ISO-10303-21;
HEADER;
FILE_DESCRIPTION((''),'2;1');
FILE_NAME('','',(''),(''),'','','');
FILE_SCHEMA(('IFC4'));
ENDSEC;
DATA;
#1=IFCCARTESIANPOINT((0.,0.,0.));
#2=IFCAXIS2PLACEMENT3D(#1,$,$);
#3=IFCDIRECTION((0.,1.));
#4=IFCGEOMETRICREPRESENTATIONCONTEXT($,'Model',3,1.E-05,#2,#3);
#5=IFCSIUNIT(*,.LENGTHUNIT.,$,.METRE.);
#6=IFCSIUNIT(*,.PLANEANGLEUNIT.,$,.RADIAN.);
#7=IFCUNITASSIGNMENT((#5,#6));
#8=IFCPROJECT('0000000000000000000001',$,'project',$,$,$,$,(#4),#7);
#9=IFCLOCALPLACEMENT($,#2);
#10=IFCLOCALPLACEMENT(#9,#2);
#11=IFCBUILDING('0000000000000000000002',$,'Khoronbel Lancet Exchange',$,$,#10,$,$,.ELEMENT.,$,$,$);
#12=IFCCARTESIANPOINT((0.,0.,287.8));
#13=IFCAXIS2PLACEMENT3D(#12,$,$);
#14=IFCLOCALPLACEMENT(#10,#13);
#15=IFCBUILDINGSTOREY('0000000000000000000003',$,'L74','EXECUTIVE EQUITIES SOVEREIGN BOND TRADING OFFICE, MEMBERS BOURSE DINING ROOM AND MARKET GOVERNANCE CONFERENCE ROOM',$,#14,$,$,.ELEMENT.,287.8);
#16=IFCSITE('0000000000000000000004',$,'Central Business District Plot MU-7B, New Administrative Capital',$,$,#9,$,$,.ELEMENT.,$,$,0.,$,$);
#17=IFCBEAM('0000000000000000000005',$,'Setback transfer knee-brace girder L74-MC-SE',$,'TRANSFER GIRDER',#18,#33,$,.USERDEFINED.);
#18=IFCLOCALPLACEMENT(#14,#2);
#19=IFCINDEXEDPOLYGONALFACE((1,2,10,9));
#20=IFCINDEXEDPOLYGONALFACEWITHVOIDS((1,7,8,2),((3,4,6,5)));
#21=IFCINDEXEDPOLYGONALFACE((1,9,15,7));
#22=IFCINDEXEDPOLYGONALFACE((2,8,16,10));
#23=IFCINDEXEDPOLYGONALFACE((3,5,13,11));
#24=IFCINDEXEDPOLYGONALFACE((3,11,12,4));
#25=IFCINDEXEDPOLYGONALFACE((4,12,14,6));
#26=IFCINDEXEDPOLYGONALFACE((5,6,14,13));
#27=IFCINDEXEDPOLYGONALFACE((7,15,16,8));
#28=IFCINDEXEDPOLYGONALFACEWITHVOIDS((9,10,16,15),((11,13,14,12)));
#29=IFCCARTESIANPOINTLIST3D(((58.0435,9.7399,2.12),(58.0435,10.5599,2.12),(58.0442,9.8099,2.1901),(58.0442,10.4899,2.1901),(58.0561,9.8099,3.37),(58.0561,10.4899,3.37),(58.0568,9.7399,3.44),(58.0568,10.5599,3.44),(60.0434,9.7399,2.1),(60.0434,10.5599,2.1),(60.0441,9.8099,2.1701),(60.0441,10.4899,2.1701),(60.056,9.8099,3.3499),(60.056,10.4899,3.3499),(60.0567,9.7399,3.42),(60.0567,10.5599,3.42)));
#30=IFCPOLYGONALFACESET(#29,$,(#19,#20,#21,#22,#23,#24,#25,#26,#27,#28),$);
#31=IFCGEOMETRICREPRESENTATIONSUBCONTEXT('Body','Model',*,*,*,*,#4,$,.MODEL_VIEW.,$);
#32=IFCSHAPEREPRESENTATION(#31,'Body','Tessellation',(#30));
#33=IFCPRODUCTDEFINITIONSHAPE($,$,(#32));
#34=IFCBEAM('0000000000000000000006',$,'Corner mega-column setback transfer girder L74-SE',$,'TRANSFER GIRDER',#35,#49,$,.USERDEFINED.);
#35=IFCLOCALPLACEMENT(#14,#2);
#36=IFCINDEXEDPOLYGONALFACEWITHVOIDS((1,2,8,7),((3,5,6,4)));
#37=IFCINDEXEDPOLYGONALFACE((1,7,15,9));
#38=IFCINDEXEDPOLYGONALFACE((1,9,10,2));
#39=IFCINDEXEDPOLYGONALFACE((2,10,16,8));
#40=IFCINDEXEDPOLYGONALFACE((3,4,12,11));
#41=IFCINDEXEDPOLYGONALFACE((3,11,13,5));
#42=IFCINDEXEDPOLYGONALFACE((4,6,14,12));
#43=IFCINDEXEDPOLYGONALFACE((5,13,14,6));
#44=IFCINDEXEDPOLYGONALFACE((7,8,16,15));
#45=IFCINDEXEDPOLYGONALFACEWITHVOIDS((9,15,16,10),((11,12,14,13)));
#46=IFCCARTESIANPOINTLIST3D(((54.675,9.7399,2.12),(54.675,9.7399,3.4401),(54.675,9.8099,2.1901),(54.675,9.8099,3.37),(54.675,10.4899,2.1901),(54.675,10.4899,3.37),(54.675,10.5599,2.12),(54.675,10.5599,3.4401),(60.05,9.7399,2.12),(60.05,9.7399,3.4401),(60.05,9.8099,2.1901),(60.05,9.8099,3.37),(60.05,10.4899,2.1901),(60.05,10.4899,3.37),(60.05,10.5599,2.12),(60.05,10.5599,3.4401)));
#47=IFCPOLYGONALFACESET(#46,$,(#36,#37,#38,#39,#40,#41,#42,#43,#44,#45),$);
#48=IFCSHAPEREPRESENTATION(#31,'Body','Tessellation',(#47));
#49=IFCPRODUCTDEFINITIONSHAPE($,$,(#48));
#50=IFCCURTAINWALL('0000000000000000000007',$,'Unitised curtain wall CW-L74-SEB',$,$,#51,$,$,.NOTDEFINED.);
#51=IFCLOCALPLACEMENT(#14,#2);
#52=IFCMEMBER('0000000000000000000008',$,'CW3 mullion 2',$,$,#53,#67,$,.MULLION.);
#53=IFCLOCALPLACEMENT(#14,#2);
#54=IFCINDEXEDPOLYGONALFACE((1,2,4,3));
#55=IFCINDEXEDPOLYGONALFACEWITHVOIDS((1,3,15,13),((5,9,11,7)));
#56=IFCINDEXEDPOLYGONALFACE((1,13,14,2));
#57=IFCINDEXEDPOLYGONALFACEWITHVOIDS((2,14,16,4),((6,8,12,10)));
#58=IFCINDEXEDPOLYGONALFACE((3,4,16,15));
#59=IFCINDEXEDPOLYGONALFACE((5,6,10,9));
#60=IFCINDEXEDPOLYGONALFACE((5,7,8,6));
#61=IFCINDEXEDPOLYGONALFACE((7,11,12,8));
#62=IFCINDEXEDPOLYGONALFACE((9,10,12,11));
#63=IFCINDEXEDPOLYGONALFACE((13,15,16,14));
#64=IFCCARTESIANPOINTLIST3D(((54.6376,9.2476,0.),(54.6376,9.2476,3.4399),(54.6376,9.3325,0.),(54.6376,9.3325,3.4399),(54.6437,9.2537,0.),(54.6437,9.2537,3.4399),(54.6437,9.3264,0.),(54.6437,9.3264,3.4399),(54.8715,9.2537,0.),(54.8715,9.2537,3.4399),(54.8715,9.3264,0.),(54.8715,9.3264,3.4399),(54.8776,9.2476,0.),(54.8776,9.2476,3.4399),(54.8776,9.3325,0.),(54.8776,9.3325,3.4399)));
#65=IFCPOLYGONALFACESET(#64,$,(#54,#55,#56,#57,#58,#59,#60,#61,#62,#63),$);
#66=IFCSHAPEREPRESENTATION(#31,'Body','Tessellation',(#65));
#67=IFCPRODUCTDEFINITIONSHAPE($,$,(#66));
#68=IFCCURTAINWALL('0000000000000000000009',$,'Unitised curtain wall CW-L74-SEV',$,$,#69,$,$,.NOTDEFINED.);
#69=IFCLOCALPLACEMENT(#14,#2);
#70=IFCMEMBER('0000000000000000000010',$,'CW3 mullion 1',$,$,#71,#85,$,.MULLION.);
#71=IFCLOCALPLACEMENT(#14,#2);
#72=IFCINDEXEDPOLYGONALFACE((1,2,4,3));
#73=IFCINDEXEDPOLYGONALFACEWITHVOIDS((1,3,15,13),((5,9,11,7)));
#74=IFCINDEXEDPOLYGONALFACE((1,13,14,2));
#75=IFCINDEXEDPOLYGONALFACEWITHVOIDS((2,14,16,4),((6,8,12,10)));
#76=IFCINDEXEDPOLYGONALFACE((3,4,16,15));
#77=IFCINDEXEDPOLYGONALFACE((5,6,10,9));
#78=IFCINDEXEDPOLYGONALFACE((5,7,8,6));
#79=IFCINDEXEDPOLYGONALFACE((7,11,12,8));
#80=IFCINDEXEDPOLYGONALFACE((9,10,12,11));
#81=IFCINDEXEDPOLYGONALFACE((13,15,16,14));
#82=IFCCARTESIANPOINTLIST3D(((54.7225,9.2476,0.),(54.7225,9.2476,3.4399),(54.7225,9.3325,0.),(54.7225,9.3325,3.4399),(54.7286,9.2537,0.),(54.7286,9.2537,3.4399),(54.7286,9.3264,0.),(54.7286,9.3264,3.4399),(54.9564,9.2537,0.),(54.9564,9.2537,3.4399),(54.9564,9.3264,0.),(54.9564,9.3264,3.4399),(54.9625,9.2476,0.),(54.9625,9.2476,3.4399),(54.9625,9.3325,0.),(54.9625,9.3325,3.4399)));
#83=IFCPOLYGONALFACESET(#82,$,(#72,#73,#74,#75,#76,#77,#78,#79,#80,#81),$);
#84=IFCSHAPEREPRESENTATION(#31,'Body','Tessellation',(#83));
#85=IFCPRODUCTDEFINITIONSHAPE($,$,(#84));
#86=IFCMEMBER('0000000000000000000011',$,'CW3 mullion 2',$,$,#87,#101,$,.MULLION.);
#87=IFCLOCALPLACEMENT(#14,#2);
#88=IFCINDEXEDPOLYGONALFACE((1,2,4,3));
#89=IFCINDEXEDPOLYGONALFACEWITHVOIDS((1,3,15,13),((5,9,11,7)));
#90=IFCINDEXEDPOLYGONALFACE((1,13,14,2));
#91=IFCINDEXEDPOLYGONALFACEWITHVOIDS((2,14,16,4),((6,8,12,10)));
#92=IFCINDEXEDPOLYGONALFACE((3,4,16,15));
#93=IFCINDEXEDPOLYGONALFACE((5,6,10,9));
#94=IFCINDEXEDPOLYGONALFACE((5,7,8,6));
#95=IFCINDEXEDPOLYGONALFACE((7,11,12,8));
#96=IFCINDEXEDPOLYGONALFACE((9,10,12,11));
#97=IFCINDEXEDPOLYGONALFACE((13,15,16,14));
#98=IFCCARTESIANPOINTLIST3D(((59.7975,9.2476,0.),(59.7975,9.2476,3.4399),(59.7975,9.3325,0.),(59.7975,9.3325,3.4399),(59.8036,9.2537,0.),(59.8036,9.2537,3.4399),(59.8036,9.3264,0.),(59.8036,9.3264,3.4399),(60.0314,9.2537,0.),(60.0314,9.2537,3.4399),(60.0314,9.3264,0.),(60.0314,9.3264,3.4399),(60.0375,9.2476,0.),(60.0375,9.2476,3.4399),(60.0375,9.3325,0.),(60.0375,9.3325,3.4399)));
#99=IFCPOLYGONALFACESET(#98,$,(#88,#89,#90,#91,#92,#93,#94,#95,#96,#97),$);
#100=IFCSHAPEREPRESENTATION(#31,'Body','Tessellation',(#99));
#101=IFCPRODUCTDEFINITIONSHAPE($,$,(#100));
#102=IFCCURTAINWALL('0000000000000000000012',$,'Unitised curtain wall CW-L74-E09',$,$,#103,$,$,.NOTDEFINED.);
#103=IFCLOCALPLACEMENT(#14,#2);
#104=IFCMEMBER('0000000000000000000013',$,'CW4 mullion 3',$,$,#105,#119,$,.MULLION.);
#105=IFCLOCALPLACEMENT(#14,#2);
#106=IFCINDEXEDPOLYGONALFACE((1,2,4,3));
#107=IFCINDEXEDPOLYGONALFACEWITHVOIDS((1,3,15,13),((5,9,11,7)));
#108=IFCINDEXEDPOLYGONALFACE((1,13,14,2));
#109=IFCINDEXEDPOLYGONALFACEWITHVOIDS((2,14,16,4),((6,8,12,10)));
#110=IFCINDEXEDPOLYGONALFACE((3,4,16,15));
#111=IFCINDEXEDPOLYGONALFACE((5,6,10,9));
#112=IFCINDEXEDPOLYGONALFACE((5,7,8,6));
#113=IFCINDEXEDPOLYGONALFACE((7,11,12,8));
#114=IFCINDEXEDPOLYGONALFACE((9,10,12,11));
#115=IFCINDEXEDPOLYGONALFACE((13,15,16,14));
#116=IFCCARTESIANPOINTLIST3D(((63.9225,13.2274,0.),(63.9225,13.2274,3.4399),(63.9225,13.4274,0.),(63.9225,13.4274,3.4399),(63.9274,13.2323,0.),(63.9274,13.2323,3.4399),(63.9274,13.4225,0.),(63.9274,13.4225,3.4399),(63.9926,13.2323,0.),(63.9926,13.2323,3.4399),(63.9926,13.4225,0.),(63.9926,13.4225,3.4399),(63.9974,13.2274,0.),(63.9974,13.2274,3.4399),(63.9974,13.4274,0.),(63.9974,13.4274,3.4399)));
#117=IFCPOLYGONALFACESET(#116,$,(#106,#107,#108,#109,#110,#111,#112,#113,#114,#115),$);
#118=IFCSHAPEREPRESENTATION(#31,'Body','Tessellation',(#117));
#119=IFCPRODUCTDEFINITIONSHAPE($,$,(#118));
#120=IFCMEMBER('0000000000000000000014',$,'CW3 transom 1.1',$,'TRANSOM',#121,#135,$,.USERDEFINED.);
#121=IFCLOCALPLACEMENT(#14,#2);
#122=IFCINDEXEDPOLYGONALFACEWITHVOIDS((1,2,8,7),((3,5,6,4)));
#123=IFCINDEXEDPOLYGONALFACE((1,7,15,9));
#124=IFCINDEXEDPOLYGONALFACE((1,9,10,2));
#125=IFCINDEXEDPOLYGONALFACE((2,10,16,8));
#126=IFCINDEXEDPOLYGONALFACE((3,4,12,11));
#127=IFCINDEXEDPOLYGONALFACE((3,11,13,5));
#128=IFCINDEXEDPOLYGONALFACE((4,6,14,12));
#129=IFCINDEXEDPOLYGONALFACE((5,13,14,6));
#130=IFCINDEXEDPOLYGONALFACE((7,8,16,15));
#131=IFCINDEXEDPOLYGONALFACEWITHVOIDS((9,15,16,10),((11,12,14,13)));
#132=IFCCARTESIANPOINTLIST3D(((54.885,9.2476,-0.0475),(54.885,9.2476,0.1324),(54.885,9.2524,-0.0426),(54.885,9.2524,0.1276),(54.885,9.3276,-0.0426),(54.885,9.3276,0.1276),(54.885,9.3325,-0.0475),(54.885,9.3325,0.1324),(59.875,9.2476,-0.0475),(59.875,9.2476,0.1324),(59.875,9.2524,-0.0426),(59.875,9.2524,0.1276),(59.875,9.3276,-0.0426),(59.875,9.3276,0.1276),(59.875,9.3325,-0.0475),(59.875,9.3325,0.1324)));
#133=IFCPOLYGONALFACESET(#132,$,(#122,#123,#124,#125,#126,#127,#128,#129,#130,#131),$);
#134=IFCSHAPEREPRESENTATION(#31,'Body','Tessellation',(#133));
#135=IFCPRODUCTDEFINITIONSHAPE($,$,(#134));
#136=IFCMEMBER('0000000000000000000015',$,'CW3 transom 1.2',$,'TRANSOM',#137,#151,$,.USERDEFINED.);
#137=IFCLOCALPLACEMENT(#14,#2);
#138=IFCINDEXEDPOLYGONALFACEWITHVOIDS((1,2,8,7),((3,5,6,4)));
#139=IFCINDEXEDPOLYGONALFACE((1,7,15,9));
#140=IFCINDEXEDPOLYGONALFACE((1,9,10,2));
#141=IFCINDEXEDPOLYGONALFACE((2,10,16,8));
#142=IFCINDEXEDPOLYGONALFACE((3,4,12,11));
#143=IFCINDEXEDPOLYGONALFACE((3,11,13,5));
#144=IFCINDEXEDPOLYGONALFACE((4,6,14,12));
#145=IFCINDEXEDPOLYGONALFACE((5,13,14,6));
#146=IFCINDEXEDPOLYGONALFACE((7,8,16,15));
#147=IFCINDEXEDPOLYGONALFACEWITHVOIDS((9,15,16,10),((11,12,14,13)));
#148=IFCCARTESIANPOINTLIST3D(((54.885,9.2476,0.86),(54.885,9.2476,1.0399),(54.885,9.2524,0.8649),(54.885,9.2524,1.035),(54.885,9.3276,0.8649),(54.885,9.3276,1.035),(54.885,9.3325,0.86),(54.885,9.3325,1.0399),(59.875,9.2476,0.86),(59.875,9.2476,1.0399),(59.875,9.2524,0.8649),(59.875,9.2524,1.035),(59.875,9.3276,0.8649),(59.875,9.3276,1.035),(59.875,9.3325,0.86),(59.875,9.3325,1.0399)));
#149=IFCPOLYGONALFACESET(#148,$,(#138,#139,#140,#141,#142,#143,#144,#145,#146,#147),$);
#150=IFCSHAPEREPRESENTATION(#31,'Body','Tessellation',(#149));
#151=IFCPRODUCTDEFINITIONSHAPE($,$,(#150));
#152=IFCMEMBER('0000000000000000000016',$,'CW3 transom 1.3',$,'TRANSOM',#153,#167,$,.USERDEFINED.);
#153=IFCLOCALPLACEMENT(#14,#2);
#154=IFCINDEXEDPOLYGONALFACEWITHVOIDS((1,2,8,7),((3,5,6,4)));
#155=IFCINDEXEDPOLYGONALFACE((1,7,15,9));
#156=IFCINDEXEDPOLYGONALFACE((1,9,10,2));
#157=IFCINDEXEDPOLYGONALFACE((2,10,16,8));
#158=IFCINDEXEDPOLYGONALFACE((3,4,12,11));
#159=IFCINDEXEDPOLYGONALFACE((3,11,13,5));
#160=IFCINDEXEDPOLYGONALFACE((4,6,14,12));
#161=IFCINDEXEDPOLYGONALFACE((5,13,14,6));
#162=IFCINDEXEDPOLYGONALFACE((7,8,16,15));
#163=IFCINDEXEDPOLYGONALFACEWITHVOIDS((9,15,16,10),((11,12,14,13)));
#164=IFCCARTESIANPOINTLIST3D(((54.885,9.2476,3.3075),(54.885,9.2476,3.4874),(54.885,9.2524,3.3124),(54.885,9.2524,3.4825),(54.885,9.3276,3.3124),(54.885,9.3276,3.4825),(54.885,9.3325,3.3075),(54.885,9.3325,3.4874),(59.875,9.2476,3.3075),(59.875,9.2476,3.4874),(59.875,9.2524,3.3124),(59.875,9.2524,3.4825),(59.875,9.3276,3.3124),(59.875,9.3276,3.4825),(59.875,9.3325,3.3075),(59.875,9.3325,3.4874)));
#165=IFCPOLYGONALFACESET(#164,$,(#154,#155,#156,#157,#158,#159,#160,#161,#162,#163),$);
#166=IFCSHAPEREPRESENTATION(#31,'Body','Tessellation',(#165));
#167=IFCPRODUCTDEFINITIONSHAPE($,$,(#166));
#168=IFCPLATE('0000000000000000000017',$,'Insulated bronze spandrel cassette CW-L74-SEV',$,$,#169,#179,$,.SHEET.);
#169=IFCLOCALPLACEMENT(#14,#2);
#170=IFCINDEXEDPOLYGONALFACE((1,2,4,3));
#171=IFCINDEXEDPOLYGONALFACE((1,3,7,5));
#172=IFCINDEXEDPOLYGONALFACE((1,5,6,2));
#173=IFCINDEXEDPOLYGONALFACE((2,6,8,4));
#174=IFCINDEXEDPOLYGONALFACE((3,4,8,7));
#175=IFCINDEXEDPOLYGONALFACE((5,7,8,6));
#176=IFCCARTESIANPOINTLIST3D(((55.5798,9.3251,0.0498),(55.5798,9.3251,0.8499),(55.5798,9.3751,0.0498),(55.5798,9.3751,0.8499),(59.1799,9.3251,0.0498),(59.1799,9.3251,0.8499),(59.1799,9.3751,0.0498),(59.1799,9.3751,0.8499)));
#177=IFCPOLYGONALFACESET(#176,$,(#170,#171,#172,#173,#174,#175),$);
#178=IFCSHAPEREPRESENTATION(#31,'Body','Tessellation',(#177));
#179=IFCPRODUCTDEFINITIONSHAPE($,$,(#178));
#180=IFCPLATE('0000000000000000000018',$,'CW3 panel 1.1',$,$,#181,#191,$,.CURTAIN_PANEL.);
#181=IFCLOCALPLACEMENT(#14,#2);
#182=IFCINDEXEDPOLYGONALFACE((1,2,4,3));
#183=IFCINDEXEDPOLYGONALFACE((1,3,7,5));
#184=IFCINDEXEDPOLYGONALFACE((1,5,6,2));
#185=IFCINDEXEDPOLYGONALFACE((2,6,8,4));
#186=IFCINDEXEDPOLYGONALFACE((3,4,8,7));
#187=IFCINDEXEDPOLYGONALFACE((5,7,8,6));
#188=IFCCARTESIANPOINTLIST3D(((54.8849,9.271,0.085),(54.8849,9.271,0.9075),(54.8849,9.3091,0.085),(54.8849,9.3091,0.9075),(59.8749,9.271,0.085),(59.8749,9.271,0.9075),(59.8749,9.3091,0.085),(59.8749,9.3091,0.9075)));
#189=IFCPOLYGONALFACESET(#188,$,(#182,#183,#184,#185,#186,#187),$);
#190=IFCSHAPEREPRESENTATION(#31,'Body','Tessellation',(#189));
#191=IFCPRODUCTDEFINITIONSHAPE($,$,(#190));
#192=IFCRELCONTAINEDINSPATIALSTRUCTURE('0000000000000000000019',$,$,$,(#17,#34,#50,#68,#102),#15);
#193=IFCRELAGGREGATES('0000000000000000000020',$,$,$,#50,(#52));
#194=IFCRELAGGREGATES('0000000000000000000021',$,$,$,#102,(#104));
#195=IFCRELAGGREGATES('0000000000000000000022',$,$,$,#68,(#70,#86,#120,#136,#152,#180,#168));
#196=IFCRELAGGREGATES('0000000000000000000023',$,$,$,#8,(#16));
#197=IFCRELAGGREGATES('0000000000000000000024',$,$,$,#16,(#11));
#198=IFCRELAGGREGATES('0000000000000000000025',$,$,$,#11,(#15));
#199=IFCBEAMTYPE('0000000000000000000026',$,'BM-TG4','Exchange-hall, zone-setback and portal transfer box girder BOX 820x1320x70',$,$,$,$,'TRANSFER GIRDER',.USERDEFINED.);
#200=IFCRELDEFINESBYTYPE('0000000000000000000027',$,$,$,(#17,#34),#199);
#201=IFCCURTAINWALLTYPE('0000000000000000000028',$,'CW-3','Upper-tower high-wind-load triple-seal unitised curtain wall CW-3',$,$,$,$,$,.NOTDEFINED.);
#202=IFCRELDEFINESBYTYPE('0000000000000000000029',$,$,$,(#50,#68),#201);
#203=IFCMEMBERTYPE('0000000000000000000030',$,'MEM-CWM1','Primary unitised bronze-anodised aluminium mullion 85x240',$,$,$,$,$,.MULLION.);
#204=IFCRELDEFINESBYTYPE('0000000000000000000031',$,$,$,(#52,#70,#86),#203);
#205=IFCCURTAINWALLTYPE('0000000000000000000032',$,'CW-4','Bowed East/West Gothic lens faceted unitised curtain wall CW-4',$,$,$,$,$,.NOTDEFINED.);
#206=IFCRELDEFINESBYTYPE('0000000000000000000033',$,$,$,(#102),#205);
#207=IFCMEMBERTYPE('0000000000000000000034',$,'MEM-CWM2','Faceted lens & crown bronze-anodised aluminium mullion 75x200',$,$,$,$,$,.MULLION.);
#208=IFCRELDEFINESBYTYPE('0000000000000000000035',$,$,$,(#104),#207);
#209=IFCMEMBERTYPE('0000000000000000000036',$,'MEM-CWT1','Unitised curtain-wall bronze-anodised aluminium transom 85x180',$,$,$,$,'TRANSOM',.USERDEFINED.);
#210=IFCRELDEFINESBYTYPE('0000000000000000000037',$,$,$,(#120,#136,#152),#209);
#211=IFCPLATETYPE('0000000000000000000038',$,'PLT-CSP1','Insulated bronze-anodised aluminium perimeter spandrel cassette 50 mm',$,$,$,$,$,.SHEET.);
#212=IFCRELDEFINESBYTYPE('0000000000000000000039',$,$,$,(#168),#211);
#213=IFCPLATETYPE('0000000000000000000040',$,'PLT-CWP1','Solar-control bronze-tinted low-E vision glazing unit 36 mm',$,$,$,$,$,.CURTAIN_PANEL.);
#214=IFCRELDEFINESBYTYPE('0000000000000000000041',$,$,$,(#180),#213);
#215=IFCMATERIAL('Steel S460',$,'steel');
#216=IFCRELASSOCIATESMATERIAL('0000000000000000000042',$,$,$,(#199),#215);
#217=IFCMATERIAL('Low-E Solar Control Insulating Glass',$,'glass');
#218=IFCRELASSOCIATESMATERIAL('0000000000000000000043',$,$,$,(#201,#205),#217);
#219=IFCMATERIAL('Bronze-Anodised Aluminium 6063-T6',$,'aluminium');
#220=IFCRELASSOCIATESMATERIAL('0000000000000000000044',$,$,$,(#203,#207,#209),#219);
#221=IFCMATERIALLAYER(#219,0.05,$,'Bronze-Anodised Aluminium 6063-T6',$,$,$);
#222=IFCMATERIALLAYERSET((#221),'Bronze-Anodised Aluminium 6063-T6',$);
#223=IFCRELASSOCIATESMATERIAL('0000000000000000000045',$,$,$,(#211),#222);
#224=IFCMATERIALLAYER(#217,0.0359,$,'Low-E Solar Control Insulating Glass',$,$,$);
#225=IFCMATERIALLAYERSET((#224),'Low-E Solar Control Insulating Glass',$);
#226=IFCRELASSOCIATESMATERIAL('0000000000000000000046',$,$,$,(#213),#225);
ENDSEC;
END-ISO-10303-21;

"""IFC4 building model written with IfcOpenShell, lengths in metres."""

from ifc_helpers import new_model, si_unit, direction, frame, origin, origin_2d, place, context, subcontext, project, spatial, rectangle, hollow_rectangle, extrude, material, layer, layer_set, material_profile, profile_set, type_object, element, aggregate, save


model = new_model("IFC4")

# Units and contexts
model_context = context("Model", 3, precision=1e-05, world=origin(), true_north=direction((0.0, 1.0)))
body_context = subcontext(model_context, "Body", "Model", "MODEL_VIEW")
ifc_project = project(units=[si_unit("LENGTHUNIT", "METRE"), si_unit("PLANEANGLEUNIT", "RADIAN")], contexts=[model_context])

# Site, building, storey
site_placement = place(None, origin())
site = spatial("IfcSite", under=ifc_project, at=site_placement, Name="Central Business District Plot MU-7B, New Administrative Capital", CompositionType="ELEMENT", RefElevation=0.0)
building_placement = place(site_placement, origin())
building = spatial("IfcBuilding", under=site, at=building_placement, Name="Khoronbel Lancet Exchange", CompositionType="ELEMENT")
storey_placement = place(building_placement, frame((0.0, 0.0, 287.8)))
storey = spatial("IfcBuildingStorey", under=building, at=storey_placement, Name="L74", Description="EXECUTIVE EQUITIES SOVEREIGN BOND TRADING OFFICE, MEMBERS BOURSE DINING ROOM AND MARKET GOVERNANCE CONFERENCE ROOM", CompositionType="ELEMENT", Elevation=287.8)

# Shared definitions
ifc_material_1 = material(Name="Steel S460", Category="steel")

# Beams
ifc_material_profile_1 = material_profile(ifc_material_1, hollow_rectangle(XDim=0.8201, YDim=1.3201, WallThickness=0.0701, at=origin_2d()), Name="BOX 820x1320x70")
ifc_profile_set_1 = profile_set([ifc_material_profile_1], Name="Steel S460")
beam_type_1 = type_object("IfcBeamType", Name="BM-TG4", Description="Exchange-hall, zone-setback and portal transfer box girder BOX 820x1320x70", ElementType="TRANSFER GIRDER", PredefinedType="USERDEFINED", material=ifc_profile_set_1)
beam_1_placement = place(storey_placement, frame((60.05, 10.1499, 2.76), z_axis=(-0.99995, 0.0, 0.010009), x_axis=(0.0, -1.0, 0.0)))
element("IfcBeam", 1, at=beam_1_placement, inside=storey, type_object=beam_type_1, Name="Setback transfer knee-brace girder L74-MC-SE", ObjectType="TRANSFER GIRDER", PredefinedType="USERDEFINED", context=body_context, shape_type="SweptSolid", body=[
    extrude(hollow_rectangle(XDim=0.8201, YDim=1.3201, WallThickness=0.0701, at=origin_2d()), origin(), (0.0, 0.0, 1.0), 2.0),
])
beam_2_placement = place(storey_placement, frame((54.675, 10.1499, 2.78), z_axis=(1.0, 0.0, 0.0), x_axis=(0.0, 1.0, 0.0)))
element("IfcBeam", 2, at=beam_2_placement, inside=storey, type_object=beam_type_1, Name="Corner mega-column setback transfer girder L74-SE", ObjectType="TRANSFER GIRDER", PredefinedType="USERDEFINED", context=body_context, shape_type="SweptSolid", body=[
    extrude(hollow_rectangle(XDim=0.8201, YDim=1.3201, WallThickness=0.0701, at=origin_2d()), origin(), (0.0, 0.0, 1.0), 5.375),
])

# Curtain wall, member
ifc_material_2 = material(Name="Low-E Solar Control Insulating Glass", Category="glass")
curtain_wall_type_1 = type_object("IfcCurtainWallType", Name="CW-3", Description="Upper-tower high-wind-load triple-seal unitised curtain wall CW-3", PredefinedType="NOTDEFINED", material=ifc_material_2)
curtain_wall_1_placement = place(storey_placement, origin())
curtain_wall_1 = element("IfcCurtainWall", 3, at=curtain_wall_1_placement, inside=storey, type_object=curtain_wall_type_1, Name="Unitised curtain wall CW-L74-SEB", PredefinedType="NOTDEFINED")
ifc_material_3 = material(Name="Bronze-Anodised Aluminium 6063-T6", Category="aluminium")
ifc_material_profile_2 = material_profile(ifc_material_3, hollow_rectangle(XDim=0.085, YDim=0.24, WallThickness=0.0061, at=origin_2d()), Name="ALU MULLION 85x240")
ifc_profile_set_2 = profile_set([ifc_material_profile_2], Name="Bronze-Anodised Aluminium 6063-T6")
member_type_1 = type_object("IfcMemberType", Name="MEM-CWM1", Description="Primary unitised bronze-anodised aluminium mullion 85x240", PredefinedType="MULLION", material=ifc_profile_set_2)
member_1_placement = place(storey_placement, frame((54.7576, 9.29, 0.0), z_axis=(0.0, 0.0, 1.0), x_axis=(0.0, 1.0, 0.0)))
member_1 = element("IfcMember", 4, at=member_1_placement, type_object=member_type_1, Name="CW3 mullion 2", PredefinedType="MULLION", context=body_context, shape_type="SweptSolid", body=[
    extrude(hollow_rectangle(XDim=0.085, YDim=0.24, WallThickness=0.0061, at=origin_2d()), origin(), (0.0, 0.0, 1.0), 3.4399),
])
aggregate(curtain_wall_1, [member_1])

# Curtain wall, members
curtain_wall_2_placement = place(storey_placement, origin())
curtain_wall_2 = element("IfcCurtainWall", 5, at=curtain_wall_2_placement, inside=storey, type_object=curtain_wall_type_1, Name="Unitised curtain wall CW-L74-SEV", PredefinedType="NOTDEFINED")
member_2_placement = place(storey_placement, frame((54.8425, 9.29, 0.0), z_axis=(0.0, 0.0, 1.0), x_axis=(0.0, 1.0, 0.0)))
member_2 = element("IfcMember", 6, at=member_2_placement, type_object=member_type_1, Name="CW3 mullion 1", PredefinedType="MULLION", context=body_context, shape_type="SweptSolid", body=[
    extrude(hollow_rectangle(XDim=0.085, YDim=0.24, WallThickness=0.0061, at=origin_2d()), origin(), (0.0, 0.0, 1.0), 3.4399),
])
member_3_placement = place(storey_placement, frame((59.9175, 9.29, 0.0), z_axis=(0.0, 0.0, 1.0), x_axis=(0.0, 1.0, 0.0)))
member_3 = element("IfcMember", 7, at=member_3_placement, type_object=member_type_1, Name="CW3 mullion 2", PredefinedType="MULLION", context=body_context, shape_type="SweptSolid", body=[
    extrude(hollow_rectangle(XDim=0.085, YDim=0.24, WallThickness=0.0061, at=origin_2d()), origin(), (0.0, 0.0, 1.0), 3.4399),
])

# Curtain wall, member
curtain_wall_type_2 = type_object("IfcCurtainWallType", Name="CW-4", Description="Bowed East/West Gothic lens faceted unitised curtain wall CW-4", PredefinedType="NOTDEFINED", material=ifc_material_2)
curtain_wall_3_placement = place(storey_placement, origin())
curtain_wall_3 = element("IfcCurtainWall", 8, at=curtain_wall_3_placement, inside=storey, type_object=curtain_wall_type_2, Name="Unitised curtain wall CW-L74-E09", PredefinedType="NOTDEFINED")
ifc_material_profile_3 = material_profile(ifc_material_3, hollow_rectangle(XDim=0.075, YDim=0.2, WallThickness=0.0049, at=origin_2d()), Name="ALU MULLION 75x200")
ifc_profile_set_3 = profile_set([ifc_material_profile_3], Name="Bronze-Anodised Aluminium 6063-T6")
member_type_2 = type_object("IfcMemberType", Name="MEM-CWM2", Description="Faceted lens & crown bronze-anodised aluminium mullion 75x200", PredefinedType="MULLION", material=ifc_profile_set_3)
member_4_placement = place(storey_placement, frame((63.96, 13.3274, 0.0), z_axis=(0.0, 0.0, 1.0), x_axis=(1.0, 0.0, 0.0)))
member_4 = element("IfcMember", 9, at=member_4_placement, type_object=member_type_2, Name="CW4 mullion 3", PredefinedType="MULLION", context=body_context, shape_type="SweptSolid", body=[
    extrude(hollow_rectangle(XDim=0.075, YDim=0.2, WallThickness=0.0049, at=origin_2d()), origin(), (0.0, 0.0, 1.0), 3.4399),
])
aggregate(curtain_wall_3, [member_4])

# Members
ifc_material_profile_4 = material_profile(ifc_material_3, hollow_rectangle(XDim=0.085, YDim=0.1799, WallThickness=0.0049, at=origin_2d()), Name="ALU TRANSOM 85x180")
ifc_profile_set_4 = profile_set([ifc_material_profile_4], Name="Bronze-Anodised Aluminium 6063-T6")
member_type_3 = type_object("IfcMemberType", Name="MEM-CWT1", Description="Unitised curtain-wall bronze-anodised aluminium transom 85x180", ElementType="TRANSOM", PredefinedType="USERDEFINED", material=ifc_profile_set_4)
member_5_placement = place(storey_placement, frame((54.885, 9.29, 0.0425), z_axis=(1.0, 0.0, 0.0), x_axis=(0.0, 1.0, 0.0)))
member_5 = element("IfcMember", 10, at=member_5_placement, type_object=member_type_3, Name="CW3 transom 1.1", ObjectType="TRANSOM", PredefinedType="USERDEFINED", context=body_context, shape_type="SweptSolid", body=[
    extrude(hollow_rectangle(XDim=0.085, YDim=0.1799, WallThickness=0.0049, at=origin_2d()), origin(), (0.0, 0.0, 1.0), 4.99),
])
member_6_placement = place(storey_placement, frame((54.885, 9.29, 0.95), z_axis=(1.0, 0.0, 0.0), x_axis=(0.0, 1.0, 0.0)))
member_6 = element("IfcMember", 11, at=member_6_placement, type_object=member_type_3, Name="CW3 transom 1.2", ObjectType="TRANSOM", PredefinedType="USERDEFINED", context=body_context, shape_type="SweptSolid", body=[
    extrude(hollow_rectangle(XDim=0.085, YDim=0.1799, WallThickness=0.0049, at=origin_2d()), origin(), (0.0, 0.0, 1.0), 4.99),
])
member_7_placement = place(storey_placement, frame((54.885, 9.29, 3.3975), z_axis=(1.0, 0.0, 0.0), x_axis=(0.0, 1.0, 0.0)))
member_7 = element("IfcMember", 12, at=member_7_placement, type_object=member_type_3, Name="CW3 transom 1.3", ObjectType="TRANSOM", PredefinedType="USERDEFINED", context=body_context, shape_type="SweptSolid", body=[
    extrude(hollow_rectangle(XDim=0.085, YDim=0.1799, WallThickness=0.0049, at=origin_2d()), origin(), (0.0, 0.0, 1.0), 4.99),
])

# Plates
ifc_layer_1 = layer(ifc_material_3, 0.05, Name="Bronze-Anodised Aluminium 6063-T6")
ifc_layer_set_1 = layer_set([ifc_layer_1], Name="Bronze-Anodised Aluminium 6063-T6")
plate_type_1 = type_object("IfcPlateType", Name="PLT-CSP1", Description="Insulated bronze-anodised aluminium perimeter spandrel cassette 50 mm", PredefinedType="SHEET", material=ifc_layer_set_1)
plate_1_placement = place(storey_placement, frame((57.3799, 9.3501, 0.0498), z_axis=(0.0, 0.0, 1.0), x_axis=(1.0, 0.0, 0.0)))
plate_1 = element("IfcPlate", 13, at=plate_1_placement, type_object=plate_type_1, Name="Insulated bronze spandrel cassette CW-L74-SEV", PredefinedType="SHEET", context=body_context, shape_type="SweptSolid", body=[
    extrude(rectangle(XDim=3.6001, YDim=0.05, at=origin_2d()), origin(), (0.0, 0.0, 1.0), 0.8),
])
ifc_layer_2 = layer(ifc_material_2, 0.0359, Name="Low-E Solar Control Insulating Glass")
ifc_layer_set_2 = layer_set([ifc_layer_2], Name="Low-E Solar Control Insulating Glass")
plate_type_2 = type_object("IfcPlateType", Name="PLT-CWP1", Description="Solar-control bronze-tinted low-E vision glazing unit 36 mm", PredefinedType="CURTAIN_PANEL", material=ifc_layer_set_2)
plate_2_placement = place(storey_placement, frame((57.3799, 9.29, 0.085), z_axis=(0.0, 0.0, 1.0), x_axis=(1.0, 0.0, 0.0)))
plate_2 = element("IfcPlate", 14, at=plate_2_placement, type_object=plate_type_2, Name="CW3 panel 1.1", PredefinedType="CURTAIN_PANEL", context=body_context, shape_type="SweptSolid", body=[
    extrude(rectangle(XDim=4.99, YDim=0.0381, at=origin_2d()), origin(), (0.0, 0.0, 1.0), 0.8225),
])
aggregate(curtain_wall_2, [member_2, member_3, member_5, member_6, member_7, plate_2, plate_1])

save(model, "model.ifc")
